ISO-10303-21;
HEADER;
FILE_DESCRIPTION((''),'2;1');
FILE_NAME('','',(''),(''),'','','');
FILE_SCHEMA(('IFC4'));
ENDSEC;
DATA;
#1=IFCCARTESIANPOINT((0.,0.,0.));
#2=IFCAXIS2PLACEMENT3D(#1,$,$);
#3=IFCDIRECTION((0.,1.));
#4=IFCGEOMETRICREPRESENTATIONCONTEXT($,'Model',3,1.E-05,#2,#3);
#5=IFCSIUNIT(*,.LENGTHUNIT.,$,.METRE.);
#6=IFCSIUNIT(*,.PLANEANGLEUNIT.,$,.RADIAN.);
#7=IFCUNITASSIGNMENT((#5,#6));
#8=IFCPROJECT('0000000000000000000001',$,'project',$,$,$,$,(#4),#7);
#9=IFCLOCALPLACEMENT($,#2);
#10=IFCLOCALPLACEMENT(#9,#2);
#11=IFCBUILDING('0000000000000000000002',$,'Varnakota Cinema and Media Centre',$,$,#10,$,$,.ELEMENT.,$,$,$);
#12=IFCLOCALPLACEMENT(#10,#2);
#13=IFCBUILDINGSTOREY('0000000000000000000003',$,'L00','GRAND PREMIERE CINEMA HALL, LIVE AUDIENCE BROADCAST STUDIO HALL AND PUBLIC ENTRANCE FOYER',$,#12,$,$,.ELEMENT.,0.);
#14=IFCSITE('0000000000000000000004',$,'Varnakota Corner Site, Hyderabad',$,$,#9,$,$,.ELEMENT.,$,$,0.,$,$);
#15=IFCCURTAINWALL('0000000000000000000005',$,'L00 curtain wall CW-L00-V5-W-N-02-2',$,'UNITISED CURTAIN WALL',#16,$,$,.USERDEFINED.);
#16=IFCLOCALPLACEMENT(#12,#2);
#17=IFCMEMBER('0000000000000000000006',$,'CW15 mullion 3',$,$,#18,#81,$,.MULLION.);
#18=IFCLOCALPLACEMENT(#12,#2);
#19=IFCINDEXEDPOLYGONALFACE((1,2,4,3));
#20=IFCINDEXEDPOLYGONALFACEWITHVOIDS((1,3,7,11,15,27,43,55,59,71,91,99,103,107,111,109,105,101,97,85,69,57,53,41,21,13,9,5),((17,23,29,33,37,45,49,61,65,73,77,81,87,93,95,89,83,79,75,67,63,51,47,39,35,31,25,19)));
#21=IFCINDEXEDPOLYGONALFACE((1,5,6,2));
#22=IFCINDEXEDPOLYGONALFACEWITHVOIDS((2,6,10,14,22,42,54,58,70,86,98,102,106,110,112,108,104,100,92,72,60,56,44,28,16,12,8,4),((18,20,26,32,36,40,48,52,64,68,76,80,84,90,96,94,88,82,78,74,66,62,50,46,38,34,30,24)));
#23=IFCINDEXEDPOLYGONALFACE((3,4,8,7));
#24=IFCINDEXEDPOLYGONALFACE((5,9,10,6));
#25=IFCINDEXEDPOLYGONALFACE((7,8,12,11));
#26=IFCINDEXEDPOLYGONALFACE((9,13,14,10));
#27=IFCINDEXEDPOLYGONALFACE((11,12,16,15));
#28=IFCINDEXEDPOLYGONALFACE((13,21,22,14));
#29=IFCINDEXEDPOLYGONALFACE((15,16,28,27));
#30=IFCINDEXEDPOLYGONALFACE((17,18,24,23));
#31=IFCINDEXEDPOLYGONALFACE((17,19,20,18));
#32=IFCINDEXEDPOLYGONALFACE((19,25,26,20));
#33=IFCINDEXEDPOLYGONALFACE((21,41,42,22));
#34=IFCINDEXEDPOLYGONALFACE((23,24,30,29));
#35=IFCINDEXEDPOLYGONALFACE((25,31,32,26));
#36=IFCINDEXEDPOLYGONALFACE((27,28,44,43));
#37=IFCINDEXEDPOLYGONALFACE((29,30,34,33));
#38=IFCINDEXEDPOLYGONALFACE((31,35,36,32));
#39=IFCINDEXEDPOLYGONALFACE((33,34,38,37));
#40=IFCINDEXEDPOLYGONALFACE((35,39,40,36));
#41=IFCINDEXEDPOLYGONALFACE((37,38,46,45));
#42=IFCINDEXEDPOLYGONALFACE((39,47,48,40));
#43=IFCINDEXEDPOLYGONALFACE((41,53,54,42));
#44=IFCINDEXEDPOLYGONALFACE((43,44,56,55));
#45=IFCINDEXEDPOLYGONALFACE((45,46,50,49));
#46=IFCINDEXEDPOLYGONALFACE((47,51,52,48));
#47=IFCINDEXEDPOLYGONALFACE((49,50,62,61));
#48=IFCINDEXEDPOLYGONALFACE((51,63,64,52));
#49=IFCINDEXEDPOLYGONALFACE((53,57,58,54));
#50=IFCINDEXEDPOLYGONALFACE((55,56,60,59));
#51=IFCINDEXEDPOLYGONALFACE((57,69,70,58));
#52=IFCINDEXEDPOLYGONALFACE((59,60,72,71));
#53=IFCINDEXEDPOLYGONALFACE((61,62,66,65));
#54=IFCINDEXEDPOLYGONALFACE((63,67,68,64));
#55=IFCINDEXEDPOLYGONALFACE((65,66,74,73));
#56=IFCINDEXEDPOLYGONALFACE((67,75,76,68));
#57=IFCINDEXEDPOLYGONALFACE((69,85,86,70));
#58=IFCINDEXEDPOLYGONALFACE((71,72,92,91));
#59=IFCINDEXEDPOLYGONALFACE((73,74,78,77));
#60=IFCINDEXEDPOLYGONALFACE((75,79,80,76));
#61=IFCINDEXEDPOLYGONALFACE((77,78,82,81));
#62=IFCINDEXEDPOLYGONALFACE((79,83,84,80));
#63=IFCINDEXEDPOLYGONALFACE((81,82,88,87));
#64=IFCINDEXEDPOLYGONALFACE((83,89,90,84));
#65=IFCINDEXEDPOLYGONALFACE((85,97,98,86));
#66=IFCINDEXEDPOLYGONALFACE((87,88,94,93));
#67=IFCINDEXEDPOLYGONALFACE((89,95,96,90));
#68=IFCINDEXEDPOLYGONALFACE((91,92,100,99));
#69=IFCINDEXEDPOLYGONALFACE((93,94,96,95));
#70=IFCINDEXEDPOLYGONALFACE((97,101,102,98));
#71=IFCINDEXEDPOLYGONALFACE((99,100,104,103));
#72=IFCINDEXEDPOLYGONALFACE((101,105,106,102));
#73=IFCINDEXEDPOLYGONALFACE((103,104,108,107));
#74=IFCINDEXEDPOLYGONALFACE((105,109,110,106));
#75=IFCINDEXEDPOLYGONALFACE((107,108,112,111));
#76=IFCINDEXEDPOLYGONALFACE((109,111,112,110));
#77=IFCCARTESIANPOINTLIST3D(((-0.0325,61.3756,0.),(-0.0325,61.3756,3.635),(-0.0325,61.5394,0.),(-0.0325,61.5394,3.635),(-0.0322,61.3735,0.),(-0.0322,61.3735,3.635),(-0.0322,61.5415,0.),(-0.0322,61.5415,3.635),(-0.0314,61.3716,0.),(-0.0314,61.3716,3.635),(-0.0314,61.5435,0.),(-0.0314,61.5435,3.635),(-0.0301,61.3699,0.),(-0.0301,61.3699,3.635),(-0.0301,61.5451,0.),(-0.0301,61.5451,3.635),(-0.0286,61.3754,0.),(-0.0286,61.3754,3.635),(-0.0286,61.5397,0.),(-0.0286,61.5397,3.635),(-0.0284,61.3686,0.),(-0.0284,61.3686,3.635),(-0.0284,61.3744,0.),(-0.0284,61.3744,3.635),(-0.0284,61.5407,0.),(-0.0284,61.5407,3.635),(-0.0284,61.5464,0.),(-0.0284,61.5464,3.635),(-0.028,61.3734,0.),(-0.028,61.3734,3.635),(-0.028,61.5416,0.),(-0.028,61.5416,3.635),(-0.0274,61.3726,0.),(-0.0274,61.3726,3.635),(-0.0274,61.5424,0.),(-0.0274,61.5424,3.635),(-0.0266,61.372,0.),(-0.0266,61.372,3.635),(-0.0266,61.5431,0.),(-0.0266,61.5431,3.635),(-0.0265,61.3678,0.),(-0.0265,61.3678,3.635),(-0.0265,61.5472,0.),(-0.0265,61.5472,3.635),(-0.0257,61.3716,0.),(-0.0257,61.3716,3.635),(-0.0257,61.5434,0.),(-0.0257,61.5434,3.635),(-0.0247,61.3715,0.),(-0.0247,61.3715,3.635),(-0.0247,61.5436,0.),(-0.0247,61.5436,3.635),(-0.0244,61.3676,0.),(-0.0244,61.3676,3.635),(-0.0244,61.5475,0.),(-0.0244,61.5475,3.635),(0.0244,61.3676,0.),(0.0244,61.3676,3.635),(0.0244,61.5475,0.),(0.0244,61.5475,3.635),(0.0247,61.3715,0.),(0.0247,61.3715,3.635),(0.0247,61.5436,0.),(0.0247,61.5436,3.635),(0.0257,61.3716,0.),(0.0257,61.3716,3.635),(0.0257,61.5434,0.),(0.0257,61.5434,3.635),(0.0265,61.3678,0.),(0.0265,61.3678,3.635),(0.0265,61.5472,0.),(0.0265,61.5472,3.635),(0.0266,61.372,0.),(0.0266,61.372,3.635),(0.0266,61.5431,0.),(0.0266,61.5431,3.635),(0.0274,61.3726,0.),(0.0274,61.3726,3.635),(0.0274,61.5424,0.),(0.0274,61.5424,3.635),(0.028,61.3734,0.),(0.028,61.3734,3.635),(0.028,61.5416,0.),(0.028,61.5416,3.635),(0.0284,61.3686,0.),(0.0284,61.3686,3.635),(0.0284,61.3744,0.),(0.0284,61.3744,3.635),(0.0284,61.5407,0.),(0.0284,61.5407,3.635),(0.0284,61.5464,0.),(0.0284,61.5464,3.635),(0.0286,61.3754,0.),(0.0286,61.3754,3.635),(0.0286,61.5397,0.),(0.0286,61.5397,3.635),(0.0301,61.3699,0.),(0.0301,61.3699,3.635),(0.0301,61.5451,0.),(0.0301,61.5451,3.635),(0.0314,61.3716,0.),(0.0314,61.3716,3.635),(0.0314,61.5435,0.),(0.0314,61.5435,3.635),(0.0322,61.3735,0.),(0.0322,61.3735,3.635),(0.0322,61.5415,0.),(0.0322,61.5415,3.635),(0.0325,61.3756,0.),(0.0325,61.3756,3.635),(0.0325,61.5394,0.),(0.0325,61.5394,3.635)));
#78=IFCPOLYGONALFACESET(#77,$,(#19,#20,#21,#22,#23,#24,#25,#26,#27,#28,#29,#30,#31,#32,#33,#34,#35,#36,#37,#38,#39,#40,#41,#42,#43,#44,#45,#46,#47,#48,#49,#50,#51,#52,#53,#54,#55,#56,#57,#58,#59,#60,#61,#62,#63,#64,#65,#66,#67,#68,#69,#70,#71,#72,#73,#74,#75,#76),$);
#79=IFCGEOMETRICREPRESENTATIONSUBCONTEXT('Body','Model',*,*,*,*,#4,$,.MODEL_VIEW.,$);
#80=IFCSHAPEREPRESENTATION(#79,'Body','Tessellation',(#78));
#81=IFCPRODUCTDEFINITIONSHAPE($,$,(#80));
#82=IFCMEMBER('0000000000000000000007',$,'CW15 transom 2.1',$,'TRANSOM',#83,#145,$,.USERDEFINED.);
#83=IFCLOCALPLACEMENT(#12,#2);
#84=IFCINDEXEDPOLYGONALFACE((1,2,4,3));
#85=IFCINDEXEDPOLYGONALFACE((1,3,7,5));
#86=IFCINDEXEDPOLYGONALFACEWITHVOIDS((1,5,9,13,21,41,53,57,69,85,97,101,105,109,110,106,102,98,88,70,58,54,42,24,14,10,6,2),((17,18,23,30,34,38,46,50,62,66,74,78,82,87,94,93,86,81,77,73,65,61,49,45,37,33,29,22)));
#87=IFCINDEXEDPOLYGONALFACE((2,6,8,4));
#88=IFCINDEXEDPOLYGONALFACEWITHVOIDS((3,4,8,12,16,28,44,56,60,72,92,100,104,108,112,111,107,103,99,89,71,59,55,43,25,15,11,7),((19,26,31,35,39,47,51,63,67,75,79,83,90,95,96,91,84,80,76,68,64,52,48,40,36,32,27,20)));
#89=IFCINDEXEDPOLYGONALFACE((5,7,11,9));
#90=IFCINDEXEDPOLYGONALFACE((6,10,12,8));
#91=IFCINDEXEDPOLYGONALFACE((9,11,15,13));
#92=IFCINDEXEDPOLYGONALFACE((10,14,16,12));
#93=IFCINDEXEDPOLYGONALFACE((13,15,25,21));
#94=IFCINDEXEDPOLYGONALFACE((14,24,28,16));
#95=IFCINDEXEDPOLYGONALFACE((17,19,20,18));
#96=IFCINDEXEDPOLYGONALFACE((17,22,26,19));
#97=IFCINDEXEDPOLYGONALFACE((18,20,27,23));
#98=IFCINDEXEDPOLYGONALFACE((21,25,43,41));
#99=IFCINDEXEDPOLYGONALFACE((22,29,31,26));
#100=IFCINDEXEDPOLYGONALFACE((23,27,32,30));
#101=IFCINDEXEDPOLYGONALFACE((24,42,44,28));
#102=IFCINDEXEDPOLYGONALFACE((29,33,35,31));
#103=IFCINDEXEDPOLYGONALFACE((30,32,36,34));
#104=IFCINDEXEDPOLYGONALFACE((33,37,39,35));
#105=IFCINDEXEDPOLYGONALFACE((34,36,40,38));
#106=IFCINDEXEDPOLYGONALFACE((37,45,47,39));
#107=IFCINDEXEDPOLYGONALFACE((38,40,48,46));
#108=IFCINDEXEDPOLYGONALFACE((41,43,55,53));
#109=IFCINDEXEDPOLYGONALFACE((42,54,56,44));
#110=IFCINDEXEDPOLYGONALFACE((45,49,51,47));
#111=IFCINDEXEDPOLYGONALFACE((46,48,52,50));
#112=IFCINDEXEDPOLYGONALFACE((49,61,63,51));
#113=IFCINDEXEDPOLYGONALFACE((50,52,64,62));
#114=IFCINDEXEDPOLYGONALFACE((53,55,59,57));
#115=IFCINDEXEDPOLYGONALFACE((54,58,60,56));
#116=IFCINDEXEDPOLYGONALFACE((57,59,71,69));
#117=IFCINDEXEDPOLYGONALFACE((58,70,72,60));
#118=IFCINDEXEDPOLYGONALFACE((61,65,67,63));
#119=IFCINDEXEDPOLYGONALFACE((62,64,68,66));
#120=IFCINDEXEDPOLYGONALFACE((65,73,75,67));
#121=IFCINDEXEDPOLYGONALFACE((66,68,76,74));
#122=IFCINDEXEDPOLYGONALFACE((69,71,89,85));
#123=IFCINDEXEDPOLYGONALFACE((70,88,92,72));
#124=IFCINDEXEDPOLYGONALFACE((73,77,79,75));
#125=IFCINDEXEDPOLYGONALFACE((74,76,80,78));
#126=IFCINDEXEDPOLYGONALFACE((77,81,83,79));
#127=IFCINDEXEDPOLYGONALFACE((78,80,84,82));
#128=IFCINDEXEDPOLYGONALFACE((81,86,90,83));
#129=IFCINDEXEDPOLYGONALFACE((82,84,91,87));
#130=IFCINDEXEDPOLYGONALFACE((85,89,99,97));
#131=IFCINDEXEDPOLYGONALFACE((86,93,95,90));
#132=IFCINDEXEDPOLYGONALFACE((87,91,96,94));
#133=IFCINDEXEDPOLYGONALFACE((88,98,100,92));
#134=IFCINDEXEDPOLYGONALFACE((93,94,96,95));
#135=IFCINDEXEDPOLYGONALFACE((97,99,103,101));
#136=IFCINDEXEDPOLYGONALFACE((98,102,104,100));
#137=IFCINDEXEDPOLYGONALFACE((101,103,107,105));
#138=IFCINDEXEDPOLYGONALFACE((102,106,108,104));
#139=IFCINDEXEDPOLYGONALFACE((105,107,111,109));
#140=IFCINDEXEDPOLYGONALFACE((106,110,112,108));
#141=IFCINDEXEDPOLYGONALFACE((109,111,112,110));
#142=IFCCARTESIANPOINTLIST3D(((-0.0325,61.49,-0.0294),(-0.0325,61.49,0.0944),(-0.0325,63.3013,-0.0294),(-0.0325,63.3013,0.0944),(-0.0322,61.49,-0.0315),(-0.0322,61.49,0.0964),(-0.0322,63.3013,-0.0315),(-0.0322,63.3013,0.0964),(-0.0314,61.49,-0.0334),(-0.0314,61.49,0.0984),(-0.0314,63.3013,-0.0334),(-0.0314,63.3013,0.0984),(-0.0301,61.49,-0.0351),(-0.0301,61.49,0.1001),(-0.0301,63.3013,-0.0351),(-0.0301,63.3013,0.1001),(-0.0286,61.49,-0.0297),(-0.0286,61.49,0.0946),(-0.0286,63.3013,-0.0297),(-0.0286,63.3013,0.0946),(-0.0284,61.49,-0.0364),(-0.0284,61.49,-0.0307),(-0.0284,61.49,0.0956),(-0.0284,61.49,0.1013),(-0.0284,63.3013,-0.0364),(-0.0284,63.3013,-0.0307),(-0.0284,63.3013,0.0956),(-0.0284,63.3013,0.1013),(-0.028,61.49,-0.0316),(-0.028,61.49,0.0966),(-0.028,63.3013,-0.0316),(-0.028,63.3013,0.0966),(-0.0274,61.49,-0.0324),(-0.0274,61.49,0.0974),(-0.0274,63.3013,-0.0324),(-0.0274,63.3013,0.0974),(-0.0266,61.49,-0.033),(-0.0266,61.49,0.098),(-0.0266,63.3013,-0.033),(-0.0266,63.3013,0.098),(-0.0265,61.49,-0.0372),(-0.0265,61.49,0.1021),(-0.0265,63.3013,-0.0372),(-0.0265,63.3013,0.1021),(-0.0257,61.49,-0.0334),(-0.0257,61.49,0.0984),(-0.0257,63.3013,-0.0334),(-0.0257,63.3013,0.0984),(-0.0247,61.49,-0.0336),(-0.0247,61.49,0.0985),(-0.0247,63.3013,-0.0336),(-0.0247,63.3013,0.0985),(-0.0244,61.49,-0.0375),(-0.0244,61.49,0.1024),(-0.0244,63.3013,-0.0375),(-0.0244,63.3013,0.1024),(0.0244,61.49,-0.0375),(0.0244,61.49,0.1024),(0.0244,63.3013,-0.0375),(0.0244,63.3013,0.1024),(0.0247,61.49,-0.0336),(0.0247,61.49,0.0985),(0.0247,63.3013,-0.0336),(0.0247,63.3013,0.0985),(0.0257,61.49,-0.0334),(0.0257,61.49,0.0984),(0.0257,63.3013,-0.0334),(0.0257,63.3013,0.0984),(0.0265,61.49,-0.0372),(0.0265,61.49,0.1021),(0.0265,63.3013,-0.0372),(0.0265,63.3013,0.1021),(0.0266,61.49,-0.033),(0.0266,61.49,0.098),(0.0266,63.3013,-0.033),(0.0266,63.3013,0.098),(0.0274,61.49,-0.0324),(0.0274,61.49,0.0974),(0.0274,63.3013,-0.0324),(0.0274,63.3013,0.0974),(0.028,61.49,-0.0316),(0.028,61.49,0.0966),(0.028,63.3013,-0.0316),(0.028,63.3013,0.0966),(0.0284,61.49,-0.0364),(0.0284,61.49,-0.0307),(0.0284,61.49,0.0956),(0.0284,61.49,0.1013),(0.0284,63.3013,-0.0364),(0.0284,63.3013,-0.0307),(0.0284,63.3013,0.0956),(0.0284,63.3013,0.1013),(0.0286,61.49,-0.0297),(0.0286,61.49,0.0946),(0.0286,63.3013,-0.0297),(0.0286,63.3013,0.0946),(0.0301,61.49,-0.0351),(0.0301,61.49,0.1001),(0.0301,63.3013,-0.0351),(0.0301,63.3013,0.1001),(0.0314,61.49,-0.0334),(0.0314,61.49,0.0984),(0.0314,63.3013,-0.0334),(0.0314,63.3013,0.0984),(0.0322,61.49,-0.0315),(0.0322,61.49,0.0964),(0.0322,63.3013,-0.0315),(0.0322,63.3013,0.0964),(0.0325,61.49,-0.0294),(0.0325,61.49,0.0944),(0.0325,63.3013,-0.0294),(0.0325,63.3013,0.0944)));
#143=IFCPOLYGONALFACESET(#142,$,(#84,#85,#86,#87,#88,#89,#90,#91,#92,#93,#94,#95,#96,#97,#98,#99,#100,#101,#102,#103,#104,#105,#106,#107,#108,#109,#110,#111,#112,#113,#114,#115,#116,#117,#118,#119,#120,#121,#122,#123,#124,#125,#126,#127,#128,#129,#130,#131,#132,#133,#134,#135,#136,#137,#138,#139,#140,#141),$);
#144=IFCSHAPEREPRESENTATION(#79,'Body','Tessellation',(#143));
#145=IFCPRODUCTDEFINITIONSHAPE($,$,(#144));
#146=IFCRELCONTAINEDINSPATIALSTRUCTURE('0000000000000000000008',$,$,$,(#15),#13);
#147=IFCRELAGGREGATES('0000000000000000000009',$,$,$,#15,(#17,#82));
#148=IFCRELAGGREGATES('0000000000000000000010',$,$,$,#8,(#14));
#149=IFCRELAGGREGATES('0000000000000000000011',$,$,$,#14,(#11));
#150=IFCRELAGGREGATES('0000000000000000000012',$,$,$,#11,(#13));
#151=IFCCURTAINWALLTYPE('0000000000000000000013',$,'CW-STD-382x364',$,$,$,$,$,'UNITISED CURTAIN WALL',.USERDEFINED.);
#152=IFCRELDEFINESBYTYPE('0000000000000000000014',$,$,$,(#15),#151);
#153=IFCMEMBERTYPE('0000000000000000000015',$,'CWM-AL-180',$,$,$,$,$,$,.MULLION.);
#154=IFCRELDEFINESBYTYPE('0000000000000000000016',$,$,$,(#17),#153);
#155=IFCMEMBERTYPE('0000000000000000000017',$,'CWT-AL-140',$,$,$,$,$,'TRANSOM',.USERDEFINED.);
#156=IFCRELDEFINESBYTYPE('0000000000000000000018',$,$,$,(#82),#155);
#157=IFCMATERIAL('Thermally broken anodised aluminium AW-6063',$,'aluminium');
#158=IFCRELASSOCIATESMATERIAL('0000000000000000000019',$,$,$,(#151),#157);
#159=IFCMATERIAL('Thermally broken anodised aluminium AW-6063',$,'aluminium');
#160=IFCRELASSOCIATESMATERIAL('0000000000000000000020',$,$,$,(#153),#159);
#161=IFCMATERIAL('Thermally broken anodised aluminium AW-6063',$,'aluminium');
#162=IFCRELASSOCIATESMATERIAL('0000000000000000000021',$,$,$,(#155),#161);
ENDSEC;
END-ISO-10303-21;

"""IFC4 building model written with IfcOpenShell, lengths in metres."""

from ifc_helpers import new_model, si_unit, direction, frame, origin, origin_2d, place, context, subcontext, project, spatial, hollow_rectangle, extrude, material, material_profile, profile_set, type_object, element, aggregate, save


model = new_model("IFC4")

# Units and contexts
model_context = context("Model", 3, precision=1e-05, world=origin(), true_north=direction((0.0, 1.0)))
body_context = subcontext(model_context, "Body", "Model", "MODEL_VIEW")
ifc_project = project(units=[si_unit("LENGTHUNIT", "METRE"), si_unit("PLANEANGLEUNIT", "RADIAN")], contexts=[model_context])

# Site, building, storey
site_placement = place(None, origin())
site = spatial("IfcSite", under=ifc_project, at=site_placement, Name="Varnakota Corner Site, Hyderabad", CompositionType="ELEMENT", RefElevation=0.0)
building_placement = place(site_placement, origin())
building = spatial("IfcBuilding", under=site, at=building_placement, Name="Varnakota Cinema and Media Centre", CompositionType="ELEMENT")
storey_placement = place(building_placement, origin())
storey = spatial("IfcBuildingStorey", under=building, at=storey_placement, Name="L00", Description="GRAND PREMIERE CINEMA HALL, LIVE AUDIENCE BROADCAST STUDIO HALL AND PUBLIC ENTRANCE FOYER", CompositionType="ELEMENT", Elevation=0.0)

# Curtain wall, members
ifc_material_1 = material(Name="Thermally broken anodised aluminium AW-6063", Category="aluminium")
curtain_wall_type = type_object("IfcCurtainWallType", Name="CW-STD-382x364", ElementType="UNITISED CURTAIN WALL", PredefinedType="USERDEFINED", material=ifc_material_1)
curtain_wall_placement = place(storey_placement, origin())
curtain_wall = element("IfcCurtainWall", 1, at=curtain_wall_placement, inside=storey, type_object=curtain_wall_type, Name="L00 curtain wall CW-L00-V5-W-N-02-2", ObjectType="UNITISED CURTAIN WALL", PredefinedType="USERDEFINED")
ifc_material_2 = material(Name="Thermally broken anodised aluminium AW-6063", Category="aluminium")
ifc_material_profile_1 = material_profile(ifc_material_2, hollow_rectangle(XDim=0.0649, YDim=0.1799, WallThickness=0.0039, InnerFilletRadius=0.0039, OuterFilletRadius=0.0081, at=origin_2d()), Name="AL-MULLION 180x65x4")
ifc_profile_set_1 = profile_set([ifc_material_profile_1], Name="Thermally broken anodised aluminium AW-6063")
member_type_1 = type_object("IfcMemberType", Name="CWM-AL-180", PredefinedType="MULLION", material=ifc_profile_set_1)
member_1_placement = place(storey_placement, frame((0.0, 61.4575, 0.0), z_axis=(0.0, 0.0, 1.0), x_axis=(1.0, 0.0, 0.0)))
member_1 = element("IfcMember", 2, at=member_1_placement, type_object=member_type_1, Name="CW15 mullion 3", PredefinedType="MULLION", context=body_context, shape_type="SweptSolid", body=[
    extrude(hollow_rectangle(XDim=0.0649, YDim=0.1799, WallThickness=0.0039, InnerFilletRadius=0.0039, OuterFilletRadius=0.0081, at=origin_2d()), origin(), (0.0, 0.0, 1.0), 3.635),
])
ifc_material_3 = material(Name="Thermally broken anodised aluminium AW-6063", Category="aluminium")
ifc_material_profile_2 = material_profile(ifc_material_3, hollow_rectangle(XDim=0.0649, YDim=0.1399, WallThickness=0.0039, InnerFilletRadius=0.0039, OuterFilletRadius=0.0081, at=origin_2d()), Name="AL-TRANSOM 140x65x4")
ifc_profile_set_2 = profile_set([ifc_material_profile_2], Name="Thermally broken anodised aluminium AW-6063")
member_type_2 = type_object("IfcMemberType", Name="CWT-AL-140", ElementType="TRANSOM", PredefinedType="USERDEFINED", material=ifc_profile_set_2)
member_2_placement = place(storey_placement, frame((0.0, 63.3013, 0.0325), z_axis=(0.0, -1.0, 0.0), x_axis=(1.0, 0.0, 0.0)))
member_2 = element("IfcMember", 3, at=member_2_placement, type_object=member_type_2, Name="CW15 transom 2.1", ObjectType="TRANSOM", PredefinedType="USERDEFINED", context=body_context, shape_type="SweptSolid", body=[
    extrude(hollow_rectangle(XDim=0.0649, YDim=0.1399, WallThickness=0.0039, InnerFilletRadius=0.0039, OuterFilletRadius=0.0081, at=origin_2d()), origin(), (0.0, 0.0, 1.0), 1.8113),
])
aggregate(curtain_wall, [member_1, member_2])

save(model, "model.ifc")
